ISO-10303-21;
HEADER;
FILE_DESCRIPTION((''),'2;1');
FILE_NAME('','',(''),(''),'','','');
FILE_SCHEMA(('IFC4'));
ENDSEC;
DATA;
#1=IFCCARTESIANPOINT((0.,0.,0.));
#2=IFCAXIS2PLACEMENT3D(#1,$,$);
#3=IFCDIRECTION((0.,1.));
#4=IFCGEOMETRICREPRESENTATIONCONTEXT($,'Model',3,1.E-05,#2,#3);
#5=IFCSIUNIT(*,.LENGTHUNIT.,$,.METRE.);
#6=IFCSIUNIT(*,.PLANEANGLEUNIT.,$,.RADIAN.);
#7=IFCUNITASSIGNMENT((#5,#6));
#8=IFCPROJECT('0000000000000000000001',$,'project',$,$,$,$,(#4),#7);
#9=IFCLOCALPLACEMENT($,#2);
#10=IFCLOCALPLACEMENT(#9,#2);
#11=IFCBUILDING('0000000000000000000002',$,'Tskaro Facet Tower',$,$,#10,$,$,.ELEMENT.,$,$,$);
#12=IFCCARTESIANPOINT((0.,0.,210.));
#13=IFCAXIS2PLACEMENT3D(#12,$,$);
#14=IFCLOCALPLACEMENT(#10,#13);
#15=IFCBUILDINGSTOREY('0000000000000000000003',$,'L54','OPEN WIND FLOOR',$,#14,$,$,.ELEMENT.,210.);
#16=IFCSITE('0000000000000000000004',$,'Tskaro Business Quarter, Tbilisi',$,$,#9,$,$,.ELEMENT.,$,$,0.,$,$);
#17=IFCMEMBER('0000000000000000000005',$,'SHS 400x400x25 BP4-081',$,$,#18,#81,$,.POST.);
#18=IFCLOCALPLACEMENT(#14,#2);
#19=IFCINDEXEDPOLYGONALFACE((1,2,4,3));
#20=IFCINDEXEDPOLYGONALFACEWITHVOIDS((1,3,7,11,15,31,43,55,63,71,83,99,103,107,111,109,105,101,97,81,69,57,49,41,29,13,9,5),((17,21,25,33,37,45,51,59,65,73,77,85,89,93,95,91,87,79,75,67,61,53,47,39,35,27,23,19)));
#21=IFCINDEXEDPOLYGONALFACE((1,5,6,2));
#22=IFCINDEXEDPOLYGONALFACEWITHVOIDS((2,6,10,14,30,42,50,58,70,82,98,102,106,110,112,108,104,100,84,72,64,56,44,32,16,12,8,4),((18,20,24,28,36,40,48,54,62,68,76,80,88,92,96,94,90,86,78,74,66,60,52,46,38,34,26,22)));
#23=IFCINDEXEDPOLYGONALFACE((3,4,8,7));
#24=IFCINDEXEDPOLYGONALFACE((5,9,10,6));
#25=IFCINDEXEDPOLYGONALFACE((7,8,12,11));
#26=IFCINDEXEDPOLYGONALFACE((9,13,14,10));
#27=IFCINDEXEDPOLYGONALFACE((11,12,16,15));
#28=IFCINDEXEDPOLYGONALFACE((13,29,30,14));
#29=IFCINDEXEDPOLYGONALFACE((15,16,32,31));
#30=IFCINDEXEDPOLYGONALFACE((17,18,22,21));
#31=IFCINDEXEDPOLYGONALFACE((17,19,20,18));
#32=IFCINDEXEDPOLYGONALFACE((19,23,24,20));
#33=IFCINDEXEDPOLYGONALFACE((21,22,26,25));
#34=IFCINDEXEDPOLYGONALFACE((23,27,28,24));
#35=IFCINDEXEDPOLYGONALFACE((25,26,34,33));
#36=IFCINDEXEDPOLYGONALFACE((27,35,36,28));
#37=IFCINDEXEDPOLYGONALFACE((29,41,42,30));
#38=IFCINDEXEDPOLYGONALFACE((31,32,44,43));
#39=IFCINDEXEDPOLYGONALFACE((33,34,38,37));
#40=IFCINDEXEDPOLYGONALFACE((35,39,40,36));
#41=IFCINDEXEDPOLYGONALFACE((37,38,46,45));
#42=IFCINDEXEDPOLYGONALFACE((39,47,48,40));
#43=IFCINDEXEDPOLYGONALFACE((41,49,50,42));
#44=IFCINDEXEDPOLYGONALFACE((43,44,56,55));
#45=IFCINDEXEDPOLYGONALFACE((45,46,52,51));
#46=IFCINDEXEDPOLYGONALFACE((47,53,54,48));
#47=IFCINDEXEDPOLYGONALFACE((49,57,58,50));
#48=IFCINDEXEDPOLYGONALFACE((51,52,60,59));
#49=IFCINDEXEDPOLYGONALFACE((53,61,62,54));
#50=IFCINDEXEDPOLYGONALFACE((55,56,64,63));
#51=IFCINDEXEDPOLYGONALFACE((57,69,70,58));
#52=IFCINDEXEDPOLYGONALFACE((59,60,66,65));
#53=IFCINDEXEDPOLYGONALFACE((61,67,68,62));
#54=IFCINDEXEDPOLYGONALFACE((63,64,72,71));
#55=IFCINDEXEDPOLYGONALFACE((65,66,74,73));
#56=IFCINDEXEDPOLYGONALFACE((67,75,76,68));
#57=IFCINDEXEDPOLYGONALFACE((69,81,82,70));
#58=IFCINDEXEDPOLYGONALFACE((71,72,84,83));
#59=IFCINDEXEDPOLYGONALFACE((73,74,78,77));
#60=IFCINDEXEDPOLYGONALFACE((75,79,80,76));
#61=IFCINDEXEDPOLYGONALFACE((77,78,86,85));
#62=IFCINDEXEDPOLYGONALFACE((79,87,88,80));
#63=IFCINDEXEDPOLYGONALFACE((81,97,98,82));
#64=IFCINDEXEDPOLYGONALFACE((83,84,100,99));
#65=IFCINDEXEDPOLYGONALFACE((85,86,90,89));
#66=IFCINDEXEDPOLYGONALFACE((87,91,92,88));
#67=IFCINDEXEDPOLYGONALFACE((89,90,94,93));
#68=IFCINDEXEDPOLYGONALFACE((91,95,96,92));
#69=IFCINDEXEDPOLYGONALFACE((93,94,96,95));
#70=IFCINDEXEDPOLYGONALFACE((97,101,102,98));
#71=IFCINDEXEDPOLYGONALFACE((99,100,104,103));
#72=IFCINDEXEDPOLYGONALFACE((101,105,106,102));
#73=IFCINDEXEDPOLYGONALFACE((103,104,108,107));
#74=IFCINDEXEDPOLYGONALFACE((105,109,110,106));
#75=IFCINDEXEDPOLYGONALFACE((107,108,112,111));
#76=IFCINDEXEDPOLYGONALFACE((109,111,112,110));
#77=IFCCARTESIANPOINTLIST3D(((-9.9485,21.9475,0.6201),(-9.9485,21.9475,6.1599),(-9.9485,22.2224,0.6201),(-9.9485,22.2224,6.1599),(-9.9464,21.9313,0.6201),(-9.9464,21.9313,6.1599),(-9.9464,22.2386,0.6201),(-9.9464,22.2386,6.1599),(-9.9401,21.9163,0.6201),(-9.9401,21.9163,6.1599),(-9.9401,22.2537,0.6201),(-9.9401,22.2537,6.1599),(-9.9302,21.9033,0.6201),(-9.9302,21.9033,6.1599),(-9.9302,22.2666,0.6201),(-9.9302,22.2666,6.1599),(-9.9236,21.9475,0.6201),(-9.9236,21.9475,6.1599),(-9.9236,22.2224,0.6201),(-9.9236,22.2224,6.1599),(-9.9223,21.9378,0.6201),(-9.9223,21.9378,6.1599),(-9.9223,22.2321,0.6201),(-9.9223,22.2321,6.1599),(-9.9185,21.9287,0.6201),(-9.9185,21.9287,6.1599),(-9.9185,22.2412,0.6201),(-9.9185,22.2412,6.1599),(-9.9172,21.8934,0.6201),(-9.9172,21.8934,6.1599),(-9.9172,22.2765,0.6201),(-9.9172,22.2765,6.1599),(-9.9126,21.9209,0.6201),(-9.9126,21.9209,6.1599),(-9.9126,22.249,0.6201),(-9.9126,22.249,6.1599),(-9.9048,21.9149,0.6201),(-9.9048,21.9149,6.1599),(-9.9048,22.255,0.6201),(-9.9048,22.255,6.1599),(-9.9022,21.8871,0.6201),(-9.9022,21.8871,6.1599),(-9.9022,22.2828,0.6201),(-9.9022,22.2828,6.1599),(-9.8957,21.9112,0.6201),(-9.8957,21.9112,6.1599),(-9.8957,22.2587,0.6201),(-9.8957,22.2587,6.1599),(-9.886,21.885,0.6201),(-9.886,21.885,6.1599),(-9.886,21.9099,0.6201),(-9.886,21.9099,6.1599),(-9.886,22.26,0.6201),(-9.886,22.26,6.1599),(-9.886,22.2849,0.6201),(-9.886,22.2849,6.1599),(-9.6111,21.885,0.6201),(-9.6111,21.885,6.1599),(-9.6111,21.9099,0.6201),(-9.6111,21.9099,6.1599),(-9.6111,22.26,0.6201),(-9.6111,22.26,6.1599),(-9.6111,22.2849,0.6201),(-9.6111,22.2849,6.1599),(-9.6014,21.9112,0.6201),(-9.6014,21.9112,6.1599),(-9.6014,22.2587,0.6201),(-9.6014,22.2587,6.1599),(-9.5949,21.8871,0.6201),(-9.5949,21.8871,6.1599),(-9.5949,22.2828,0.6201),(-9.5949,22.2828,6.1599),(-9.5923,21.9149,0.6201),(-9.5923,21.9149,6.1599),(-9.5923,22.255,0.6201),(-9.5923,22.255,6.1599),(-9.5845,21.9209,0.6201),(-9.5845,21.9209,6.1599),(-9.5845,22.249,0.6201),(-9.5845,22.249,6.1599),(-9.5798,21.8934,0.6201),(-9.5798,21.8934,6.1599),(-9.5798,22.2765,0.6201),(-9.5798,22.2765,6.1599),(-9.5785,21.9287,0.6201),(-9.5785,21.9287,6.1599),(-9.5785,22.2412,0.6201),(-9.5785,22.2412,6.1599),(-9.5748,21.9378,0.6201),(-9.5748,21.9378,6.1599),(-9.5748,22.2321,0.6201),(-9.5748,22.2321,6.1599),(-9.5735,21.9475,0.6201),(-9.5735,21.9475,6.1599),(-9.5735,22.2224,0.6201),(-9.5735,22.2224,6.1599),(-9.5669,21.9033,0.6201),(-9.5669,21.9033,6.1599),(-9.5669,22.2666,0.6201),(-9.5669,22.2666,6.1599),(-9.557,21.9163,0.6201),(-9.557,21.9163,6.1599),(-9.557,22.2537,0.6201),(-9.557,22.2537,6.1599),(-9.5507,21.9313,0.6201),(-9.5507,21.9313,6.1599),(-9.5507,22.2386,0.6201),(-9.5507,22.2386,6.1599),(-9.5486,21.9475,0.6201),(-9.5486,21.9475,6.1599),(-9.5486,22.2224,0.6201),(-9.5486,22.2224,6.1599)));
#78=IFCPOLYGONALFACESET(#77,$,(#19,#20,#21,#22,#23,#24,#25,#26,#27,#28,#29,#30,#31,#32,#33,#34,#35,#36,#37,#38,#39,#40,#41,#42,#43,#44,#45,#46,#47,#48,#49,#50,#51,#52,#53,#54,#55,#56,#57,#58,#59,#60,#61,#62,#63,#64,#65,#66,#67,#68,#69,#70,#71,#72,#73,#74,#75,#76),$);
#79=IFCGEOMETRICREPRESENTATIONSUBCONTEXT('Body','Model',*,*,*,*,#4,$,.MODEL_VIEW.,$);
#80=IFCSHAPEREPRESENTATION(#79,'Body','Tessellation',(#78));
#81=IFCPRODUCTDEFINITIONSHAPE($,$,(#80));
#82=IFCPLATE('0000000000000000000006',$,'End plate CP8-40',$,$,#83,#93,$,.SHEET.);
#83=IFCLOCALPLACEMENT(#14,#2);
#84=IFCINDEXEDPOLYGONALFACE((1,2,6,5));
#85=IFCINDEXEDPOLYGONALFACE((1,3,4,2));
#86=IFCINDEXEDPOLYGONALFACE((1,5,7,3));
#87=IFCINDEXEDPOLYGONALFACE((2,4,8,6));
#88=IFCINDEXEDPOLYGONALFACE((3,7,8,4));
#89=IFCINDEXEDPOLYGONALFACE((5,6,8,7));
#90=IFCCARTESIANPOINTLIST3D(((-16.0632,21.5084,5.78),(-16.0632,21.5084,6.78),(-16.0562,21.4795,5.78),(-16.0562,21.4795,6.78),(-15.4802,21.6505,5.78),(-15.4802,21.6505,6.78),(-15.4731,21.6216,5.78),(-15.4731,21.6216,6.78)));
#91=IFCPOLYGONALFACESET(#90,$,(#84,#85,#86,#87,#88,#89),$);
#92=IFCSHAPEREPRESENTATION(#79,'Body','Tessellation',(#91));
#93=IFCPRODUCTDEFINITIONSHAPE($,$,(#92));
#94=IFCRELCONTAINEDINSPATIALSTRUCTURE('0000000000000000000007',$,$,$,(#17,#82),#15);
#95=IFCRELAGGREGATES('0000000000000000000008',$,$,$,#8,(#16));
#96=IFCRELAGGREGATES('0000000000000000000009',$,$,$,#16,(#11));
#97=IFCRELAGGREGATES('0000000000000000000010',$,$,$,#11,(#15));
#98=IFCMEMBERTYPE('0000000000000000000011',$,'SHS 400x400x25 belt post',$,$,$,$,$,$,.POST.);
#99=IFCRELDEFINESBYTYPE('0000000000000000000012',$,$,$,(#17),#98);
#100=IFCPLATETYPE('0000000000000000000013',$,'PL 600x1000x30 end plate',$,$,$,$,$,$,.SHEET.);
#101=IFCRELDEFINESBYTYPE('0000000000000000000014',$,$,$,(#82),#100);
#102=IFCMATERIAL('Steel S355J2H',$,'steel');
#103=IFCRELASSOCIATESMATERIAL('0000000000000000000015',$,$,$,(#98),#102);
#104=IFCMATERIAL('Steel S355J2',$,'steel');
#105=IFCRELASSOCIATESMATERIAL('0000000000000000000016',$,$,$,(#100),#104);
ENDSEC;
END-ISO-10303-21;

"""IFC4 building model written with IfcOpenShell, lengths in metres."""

from ifc_helpers import new_model, si_unit, direction, frame, origin, origin_2d, place, context, subcontext, project, spatial, rectangle, hollow_rectangle, extrude, material, material_profile, profile_set, type_object, element, save


model = new_model("IFC4")

# Units and contexts
model_context = context("Model", 3, precision=1e-05, world=origin(), true_north=direction((0.0, 1.0)))
body_context = subcontext(model_context, "Body", "Model", "MODEL_VIEW")
ifc_project = project(units=[si_unit("LENGTHUNIT", "METRE"), si_unit("PLANEANGLEUNIT", "RADIAN")], contexts=[model_context])

# Site, building, storey
site_placement = place(None, origin())
site = spatial("IfcSite", under=ifc_project, at=site_placement, Name="Tskaro Business Quarter, Tbilisi", CompositionType="ELEMENT", RefElevation=0.0)
building_placement = place(site_placement, origin())
building = spatial("IfcBuilding", under=site, at=building_placement, Name="Tskaro Facet Tower", CompositionType="ELEMENT")
storey_placement = place(building_placement, frame((0.0, 0.0, 210.0)))
storey = spatial("IfcBuildingStorey", under=building, at=storey_placement, Name="L54", Description="OPEN WIND FLOOR", CompositionType="ELEMENT", Elevation=210.0)

# Shared definitions
ifc_material_1 = material(Name="Steel S355J2H", Category="steel")

# Shared definitions
ifc_material_2 = material(Name="Steel S355J2", Category="steel")

# Member
ifc_material_profile_1 = material_profile(ifc_material_1, hollow_rectangle(XDim=0.3999, YDim=0.3999, WallThickness=0.0249, InnerFilletRadius=0.0376, OuterFilletRadius=0.0625, at=origin_2d()), Name="SHS 400x400x25")
ifc_profile_set_1 = profile_set([ifc_material_profile_1], Name="Steel S355J2H")
member_type_1 = type_object("IfcMemberType", Name="SHS 400x400x25 belt post", PredefinedType="POST", material=ifc_profile_set_1)
member_placement = place(storey_placement, frame((-9.7485, 22.085, 0.6201), z_axis=(0.0, 0.0, 1.0), x_axis=(1.0, 0.0, 0.0)))
element("IfcMember", 1, at=member_placement, inside=storey, type_object=member_type_1, Name="SHS 400x400x25 BP4-081", PredefinedType="POST", context=body_context, shape_type="SweptSolid", body=[
    extrude(hollow_rectangle(XDim=0.3999, YDim=0.3999, WallThickness=0.0249, InnerFilletRadius=0.0376, OuterFilletRadius=0.0625, at=origin_2d()), origin(), (0.0, 0.0, 1.0), 5.5398),
])

# Plate
ifc_material_profile_2 = material_profile(ifc_material_2, rectangle(XDim=0.6001, YDim=1.0, at=origin_2d()), Name="PL 600x1000x30 end plate")
ifc_profile_set_2 = profile_set([ifc_material_profile_2], Name="Steel S355J2")
plate_type = type_object("IfcPlateType", Name="PL 600x1000x30 end plate", PredefinedType="SHEET", material=ifc_profile_set_2)
plate_placement = place(storey_placement, frame((-15.7646, 21.5505, 6.28), z_axis=(-0.236768, 0.971566, 0.0), x_axis=(-0.971566, -0.236768, 0.0)))
element("IfcPlate", 2, at=plate_placement, inside=storey, type_object=plate_type, Name="End plate CP8-40", PredefinedType="SHEET", context=body_context, shape_type="SweptSolid", body=[
    extrude(rectangle(XDim=0.6001, YDim=1.0, at=origin_2d()), origin(), (0.0, 0.0, 1.0), 0.0298),
])

save(model, "model.ifc")
